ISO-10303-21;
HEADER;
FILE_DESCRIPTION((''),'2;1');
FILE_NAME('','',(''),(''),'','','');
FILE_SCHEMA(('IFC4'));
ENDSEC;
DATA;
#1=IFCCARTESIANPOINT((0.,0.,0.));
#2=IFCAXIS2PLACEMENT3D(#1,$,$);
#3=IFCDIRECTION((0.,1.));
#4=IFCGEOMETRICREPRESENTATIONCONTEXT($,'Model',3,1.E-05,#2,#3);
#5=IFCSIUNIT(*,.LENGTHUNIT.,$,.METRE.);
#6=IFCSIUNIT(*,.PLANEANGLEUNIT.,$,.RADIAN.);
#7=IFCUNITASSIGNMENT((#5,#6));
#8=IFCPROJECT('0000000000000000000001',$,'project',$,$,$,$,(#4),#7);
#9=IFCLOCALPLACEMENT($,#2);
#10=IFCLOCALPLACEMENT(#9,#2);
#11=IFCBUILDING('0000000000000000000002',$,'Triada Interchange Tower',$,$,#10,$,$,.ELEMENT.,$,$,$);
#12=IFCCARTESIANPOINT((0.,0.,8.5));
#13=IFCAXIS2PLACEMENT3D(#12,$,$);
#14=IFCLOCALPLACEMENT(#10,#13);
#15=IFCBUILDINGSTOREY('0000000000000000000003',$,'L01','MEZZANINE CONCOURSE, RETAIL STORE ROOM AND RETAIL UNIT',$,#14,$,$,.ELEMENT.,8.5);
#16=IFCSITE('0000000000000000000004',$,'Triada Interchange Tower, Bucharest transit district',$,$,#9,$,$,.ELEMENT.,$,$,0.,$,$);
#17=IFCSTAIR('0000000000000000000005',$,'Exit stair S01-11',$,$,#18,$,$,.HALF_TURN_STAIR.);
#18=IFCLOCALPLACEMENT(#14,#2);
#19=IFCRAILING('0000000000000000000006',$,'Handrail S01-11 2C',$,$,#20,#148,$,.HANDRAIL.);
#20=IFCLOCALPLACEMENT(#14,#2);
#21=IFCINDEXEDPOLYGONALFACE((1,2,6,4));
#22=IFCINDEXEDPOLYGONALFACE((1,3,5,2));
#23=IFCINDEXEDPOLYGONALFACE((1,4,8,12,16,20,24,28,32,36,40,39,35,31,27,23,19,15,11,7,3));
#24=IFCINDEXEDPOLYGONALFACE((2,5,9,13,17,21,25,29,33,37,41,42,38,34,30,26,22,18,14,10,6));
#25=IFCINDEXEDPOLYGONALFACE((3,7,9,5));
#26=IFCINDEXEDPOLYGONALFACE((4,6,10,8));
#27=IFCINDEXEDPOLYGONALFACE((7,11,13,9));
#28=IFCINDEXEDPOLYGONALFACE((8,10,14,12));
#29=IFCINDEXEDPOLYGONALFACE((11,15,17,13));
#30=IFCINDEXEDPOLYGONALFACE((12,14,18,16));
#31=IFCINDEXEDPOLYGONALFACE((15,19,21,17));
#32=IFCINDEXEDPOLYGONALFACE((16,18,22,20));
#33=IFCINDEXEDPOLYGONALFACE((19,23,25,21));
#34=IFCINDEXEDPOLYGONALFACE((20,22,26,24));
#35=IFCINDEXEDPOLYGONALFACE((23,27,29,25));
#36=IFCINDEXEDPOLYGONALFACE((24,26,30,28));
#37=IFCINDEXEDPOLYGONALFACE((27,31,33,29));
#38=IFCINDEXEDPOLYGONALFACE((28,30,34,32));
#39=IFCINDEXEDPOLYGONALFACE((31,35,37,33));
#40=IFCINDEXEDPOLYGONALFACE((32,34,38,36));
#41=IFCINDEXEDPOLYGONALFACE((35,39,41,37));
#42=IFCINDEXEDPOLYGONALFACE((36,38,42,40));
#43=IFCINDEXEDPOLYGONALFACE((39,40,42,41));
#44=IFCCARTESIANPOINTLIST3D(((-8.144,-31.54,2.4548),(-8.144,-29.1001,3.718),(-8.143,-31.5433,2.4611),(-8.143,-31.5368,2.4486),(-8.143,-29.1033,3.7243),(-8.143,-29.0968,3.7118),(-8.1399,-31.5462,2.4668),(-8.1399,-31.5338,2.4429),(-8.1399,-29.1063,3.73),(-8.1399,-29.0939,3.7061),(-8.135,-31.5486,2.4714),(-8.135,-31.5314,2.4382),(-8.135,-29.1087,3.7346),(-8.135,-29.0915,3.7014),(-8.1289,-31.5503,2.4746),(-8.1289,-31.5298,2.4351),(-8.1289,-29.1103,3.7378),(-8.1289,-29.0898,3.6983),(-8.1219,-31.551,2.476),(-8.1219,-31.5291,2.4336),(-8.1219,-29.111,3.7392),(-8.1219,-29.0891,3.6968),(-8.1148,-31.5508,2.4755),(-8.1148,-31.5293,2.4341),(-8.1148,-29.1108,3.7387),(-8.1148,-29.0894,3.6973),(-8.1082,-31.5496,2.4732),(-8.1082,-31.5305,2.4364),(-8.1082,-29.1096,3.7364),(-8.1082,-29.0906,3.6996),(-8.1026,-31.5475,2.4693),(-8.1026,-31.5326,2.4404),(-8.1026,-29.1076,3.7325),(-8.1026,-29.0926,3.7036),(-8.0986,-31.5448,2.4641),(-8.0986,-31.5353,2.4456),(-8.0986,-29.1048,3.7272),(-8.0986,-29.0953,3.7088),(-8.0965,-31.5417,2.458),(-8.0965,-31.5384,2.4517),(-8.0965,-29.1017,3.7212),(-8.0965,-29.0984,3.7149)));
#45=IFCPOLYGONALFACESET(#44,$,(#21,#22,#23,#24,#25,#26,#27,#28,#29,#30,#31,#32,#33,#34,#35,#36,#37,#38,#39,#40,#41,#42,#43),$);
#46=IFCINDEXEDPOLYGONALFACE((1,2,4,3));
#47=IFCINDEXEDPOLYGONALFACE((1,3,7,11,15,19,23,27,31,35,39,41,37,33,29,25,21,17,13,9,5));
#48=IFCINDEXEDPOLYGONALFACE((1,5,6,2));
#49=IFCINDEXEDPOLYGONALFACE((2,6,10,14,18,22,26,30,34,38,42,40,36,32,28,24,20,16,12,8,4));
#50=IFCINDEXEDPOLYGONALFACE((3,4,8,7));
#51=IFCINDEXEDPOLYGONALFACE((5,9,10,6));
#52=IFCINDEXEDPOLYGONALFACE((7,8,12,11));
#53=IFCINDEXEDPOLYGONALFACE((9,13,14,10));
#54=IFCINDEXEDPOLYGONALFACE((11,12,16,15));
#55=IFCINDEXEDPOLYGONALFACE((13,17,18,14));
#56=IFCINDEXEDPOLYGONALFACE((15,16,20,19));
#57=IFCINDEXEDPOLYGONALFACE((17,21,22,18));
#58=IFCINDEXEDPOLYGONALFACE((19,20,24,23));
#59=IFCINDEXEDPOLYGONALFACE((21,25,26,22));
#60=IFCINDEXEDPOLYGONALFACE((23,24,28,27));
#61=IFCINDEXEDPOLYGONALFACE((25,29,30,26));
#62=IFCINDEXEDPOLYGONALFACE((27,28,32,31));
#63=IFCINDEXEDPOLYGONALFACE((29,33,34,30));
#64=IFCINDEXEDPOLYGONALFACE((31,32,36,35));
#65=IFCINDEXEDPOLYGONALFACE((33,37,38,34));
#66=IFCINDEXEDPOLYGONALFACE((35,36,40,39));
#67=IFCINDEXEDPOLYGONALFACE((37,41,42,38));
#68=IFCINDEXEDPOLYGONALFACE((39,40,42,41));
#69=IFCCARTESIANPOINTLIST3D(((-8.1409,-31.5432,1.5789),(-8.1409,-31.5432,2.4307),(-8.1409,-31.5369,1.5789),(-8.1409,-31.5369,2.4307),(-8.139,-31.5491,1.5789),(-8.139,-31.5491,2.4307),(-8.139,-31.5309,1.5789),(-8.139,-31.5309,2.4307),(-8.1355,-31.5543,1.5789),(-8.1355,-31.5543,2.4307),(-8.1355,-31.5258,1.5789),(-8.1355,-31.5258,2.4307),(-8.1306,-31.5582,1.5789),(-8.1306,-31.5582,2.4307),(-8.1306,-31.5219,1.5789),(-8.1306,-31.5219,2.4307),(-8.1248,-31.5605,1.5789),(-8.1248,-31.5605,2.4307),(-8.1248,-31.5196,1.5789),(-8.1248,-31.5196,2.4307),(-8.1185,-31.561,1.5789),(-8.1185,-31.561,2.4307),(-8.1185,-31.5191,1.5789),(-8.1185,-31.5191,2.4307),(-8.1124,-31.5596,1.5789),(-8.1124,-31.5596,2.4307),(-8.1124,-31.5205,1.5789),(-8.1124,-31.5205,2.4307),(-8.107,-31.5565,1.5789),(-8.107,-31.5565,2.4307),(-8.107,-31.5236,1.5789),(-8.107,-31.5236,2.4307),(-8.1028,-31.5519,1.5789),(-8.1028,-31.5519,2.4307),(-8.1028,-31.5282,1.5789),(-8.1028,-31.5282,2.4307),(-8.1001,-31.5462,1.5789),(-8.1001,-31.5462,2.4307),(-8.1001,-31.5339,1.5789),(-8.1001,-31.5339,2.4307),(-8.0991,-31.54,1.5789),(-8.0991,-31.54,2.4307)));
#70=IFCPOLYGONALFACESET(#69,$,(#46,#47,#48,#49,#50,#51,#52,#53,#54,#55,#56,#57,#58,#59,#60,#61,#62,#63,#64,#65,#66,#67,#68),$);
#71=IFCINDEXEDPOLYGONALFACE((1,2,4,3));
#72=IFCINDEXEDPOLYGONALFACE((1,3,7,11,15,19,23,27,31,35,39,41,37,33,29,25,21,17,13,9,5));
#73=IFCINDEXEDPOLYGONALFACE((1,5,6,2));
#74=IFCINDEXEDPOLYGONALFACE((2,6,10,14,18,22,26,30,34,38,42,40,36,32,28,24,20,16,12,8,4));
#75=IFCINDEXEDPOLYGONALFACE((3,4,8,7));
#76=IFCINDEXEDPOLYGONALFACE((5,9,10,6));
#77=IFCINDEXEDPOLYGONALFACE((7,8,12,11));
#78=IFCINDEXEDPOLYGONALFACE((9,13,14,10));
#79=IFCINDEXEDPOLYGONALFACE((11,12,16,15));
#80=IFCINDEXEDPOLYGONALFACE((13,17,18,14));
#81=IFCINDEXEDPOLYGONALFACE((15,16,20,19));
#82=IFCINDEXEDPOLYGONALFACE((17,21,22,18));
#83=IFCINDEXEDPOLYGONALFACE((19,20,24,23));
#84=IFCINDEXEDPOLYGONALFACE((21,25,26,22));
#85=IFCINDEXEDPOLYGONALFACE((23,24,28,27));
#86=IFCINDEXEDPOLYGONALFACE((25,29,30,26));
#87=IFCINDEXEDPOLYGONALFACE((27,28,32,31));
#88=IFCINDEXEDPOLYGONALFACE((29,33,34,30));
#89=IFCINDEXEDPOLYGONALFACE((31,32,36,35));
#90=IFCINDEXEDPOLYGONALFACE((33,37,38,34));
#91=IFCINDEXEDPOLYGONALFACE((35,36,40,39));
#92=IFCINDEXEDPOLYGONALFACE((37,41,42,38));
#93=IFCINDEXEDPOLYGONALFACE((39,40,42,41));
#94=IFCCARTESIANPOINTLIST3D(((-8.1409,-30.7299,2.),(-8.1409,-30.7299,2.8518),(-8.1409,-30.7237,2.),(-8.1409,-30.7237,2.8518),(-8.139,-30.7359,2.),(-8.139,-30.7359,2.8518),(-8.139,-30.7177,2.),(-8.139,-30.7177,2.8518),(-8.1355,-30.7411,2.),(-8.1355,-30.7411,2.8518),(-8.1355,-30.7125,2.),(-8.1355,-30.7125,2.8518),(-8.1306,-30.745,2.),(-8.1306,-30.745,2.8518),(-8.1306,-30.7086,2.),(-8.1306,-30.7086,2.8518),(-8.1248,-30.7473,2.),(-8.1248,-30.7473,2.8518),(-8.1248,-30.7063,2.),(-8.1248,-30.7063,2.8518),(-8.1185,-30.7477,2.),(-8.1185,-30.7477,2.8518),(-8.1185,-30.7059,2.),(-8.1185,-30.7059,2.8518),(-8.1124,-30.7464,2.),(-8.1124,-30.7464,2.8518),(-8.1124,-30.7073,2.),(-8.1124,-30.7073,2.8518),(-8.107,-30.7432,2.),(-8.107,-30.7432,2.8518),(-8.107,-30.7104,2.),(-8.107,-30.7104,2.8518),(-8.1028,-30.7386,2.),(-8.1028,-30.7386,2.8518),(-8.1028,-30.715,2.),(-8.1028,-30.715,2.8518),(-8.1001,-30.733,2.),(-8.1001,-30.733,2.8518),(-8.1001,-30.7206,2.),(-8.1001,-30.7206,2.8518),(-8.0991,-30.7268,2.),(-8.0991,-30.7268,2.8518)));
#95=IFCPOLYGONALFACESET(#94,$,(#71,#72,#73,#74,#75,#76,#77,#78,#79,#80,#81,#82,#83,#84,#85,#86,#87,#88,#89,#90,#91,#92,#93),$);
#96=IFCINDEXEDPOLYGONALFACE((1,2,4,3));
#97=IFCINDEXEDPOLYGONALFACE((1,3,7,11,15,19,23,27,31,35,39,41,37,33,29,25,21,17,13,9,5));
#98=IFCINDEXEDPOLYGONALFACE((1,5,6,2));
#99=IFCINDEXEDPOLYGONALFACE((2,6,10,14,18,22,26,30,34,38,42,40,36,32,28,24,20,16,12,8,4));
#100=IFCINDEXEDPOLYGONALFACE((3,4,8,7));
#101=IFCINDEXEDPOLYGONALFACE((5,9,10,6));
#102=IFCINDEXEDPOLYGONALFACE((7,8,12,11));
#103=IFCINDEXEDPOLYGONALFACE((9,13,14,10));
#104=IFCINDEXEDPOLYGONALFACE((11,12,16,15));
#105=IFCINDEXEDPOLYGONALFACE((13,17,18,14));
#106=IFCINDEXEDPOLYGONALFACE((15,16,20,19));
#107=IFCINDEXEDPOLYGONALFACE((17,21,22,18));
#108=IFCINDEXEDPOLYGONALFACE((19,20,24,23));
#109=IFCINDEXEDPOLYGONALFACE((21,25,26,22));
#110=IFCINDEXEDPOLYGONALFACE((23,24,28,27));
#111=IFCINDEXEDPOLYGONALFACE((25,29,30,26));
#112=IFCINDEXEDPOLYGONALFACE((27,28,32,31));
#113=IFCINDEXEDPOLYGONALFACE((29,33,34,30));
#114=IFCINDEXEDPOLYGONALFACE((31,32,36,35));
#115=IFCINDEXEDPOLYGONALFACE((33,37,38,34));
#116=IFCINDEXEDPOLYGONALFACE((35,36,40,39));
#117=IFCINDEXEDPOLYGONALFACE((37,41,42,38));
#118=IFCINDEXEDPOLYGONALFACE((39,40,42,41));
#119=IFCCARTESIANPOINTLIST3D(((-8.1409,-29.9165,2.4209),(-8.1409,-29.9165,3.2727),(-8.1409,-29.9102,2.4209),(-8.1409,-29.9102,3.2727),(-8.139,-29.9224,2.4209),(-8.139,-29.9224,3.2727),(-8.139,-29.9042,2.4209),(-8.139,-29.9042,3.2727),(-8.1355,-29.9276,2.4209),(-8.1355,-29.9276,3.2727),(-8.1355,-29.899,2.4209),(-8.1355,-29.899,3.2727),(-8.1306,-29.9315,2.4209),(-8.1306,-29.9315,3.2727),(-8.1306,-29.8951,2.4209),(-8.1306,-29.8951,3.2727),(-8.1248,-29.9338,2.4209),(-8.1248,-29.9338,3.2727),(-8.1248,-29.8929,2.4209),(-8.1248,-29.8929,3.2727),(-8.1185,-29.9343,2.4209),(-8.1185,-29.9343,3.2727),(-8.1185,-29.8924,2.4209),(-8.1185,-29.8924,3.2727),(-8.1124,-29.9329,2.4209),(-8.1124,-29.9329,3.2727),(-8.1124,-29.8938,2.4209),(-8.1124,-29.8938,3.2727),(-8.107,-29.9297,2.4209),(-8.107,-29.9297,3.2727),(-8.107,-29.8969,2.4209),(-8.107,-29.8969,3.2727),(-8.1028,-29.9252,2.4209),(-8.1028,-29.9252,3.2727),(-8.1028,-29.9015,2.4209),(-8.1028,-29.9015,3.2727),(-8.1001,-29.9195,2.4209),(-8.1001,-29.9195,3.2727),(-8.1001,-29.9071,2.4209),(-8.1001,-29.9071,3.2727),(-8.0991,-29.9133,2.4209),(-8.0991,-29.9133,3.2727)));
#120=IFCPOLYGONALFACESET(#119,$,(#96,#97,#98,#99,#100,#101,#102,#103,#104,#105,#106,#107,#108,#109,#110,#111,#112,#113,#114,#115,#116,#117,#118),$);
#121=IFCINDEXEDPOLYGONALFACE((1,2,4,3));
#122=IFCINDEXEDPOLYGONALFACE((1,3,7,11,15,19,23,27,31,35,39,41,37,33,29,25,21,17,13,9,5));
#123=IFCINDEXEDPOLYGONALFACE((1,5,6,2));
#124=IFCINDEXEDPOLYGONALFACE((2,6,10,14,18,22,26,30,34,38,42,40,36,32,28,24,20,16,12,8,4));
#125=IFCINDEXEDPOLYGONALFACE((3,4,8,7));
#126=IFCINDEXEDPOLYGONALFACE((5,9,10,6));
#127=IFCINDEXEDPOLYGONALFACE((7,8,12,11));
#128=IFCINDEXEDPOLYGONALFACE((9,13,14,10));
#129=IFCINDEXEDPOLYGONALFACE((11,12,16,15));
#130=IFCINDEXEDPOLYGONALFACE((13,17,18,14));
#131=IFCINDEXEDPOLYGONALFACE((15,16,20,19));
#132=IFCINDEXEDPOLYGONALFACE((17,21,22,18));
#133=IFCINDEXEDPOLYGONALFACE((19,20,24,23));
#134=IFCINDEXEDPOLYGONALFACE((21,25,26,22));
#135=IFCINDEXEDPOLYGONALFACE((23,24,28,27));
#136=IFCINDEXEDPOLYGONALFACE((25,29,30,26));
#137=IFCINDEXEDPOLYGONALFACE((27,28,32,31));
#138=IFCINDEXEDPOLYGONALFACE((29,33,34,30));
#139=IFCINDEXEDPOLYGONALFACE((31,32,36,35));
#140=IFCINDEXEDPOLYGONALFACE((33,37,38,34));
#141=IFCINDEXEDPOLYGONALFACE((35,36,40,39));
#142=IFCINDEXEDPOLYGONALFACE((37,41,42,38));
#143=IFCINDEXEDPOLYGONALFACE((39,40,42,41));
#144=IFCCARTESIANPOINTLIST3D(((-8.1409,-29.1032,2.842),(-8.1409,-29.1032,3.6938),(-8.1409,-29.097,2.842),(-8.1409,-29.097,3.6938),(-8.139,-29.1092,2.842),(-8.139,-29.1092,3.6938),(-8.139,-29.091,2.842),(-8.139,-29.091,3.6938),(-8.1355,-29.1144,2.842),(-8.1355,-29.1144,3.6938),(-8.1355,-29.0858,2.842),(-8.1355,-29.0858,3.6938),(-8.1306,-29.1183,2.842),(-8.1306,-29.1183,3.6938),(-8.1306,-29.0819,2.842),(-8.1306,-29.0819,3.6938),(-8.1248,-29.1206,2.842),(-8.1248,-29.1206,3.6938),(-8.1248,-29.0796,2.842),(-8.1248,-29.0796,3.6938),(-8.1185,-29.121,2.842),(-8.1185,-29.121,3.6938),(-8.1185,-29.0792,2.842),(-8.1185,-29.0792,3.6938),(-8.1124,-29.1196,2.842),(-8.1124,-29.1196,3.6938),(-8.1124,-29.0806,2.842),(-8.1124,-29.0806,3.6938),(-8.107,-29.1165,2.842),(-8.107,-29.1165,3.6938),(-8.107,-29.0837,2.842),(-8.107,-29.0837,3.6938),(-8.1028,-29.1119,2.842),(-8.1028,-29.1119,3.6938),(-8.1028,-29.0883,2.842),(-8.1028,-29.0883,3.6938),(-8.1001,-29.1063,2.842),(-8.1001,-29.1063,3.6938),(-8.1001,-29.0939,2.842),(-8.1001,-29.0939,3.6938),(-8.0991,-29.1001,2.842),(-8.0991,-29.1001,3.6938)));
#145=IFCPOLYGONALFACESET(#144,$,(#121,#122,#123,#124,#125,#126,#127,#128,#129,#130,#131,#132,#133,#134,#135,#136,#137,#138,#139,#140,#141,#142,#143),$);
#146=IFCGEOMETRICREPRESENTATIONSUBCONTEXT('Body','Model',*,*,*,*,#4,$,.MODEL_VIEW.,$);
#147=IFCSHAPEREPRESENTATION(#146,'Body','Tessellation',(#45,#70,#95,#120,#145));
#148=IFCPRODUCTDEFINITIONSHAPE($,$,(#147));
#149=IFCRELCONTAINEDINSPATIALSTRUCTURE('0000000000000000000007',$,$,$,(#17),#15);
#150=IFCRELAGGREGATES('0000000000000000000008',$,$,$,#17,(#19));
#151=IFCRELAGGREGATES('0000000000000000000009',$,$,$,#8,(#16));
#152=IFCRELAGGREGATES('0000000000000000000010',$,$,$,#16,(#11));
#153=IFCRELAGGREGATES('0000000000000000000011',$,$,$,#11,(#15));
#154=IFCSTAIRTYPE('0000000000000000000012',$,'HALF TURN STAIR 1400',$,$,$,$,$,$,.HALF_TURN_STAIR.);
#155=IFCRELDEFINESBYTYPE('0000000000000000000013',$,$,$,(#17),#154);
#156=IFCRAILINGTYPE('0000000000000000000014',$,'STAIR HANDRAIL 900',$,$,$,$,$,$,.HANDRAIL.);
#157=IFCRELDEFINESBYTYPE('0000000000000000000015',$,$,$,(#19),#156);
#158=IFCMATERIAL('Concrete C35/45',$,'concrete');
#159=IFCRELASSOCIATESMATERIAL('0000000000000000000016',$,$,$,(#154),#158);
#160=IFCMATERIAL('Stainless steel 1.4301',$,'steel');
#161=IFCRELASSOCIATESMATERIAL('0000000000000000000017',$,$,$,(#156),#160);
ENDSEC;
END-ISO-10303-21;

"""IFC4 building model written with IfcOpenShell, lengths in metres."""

from ifc_helpers import new_model, si_unit, direction, frame, origin, origin_2d, place, context, subcontext, project, spatial, circle, extrude, material, type_object, element, aggregate, save


model = new_model("IFC4")

# Units and contexts
model_context = context("Model", 3, precision=1e-05, world=origin(), true_north=direction((0.0, 1.0)))
body_context = subcontext(model_context, "Body", "Model", "MODEL_VIEW")
ifc_project = project(units=[si_unit("LENGTHUNIT", "METRE"), si_unit("PLANEANGLEUNIT", "RADIAN")], contexts=[model_context])

# Site, building, storey
site_placement = place(None, origin())
site = spatial("IfcSite", under=ifc_project, at=site_placement, Name="Triada Interchange Tower, Bucharest transit district", CompositionType="ELEMENT", RefElevation=0.0)
building_placement = place(site_placement, origin())
building = spatial("IfcBuilding", under=site, at=building_placement, Name="Triada Interchange Tower", CompositionType="ELEMENT")
storey_placement = place(building_placement, frame((0.0, 0.0, 8.5)))
storey = spatial("IfcBuildingStorey", under=building, at=storey_placement, Name="L01", Description="MEZZANINE CONCOURSE, RETAIL STORE ROOM AND RETAIL UNIT", CompositionType="ELEMENT", Elevation=8.5)

# Shared definitions
ifc_material_1 = material(Name="Concrete C35/45", Category="concrete")

# Stair, railing
stair_type = type_object("IfcStairType", Name="HALF TURN STAIR 1400", PredefinedType="HALF_TURN_STAIR", material=ifc_material_1)
stair_placement = place(storey_placement, origin())
stair = element("IfcStair", 1, at=stair_placement, inside=storey, type_object=stair_type, Name="Exit stair S01-11", PredefinedType="HALF_TURN_STAIR")
ifc_material_2 = material(Name="Stainless steel 1.4301", Category="steel")
railing_type_1 = type_object("IfcRailingType", Name="STAIR HANDRAIL 900", PredefinedType="HANDRAIL", material=ifc_material_2)
railing_1_placement = place(storey_placement, frame((-8.1201, -31.54, 1.5789)))
railing_1 = element("IfcRailing", 2, at=railing_1_placement, type_object=railing_type_1, Name="Handrail S01-11 2C", PredefinedType="HANDRAIL", context=body_context, shape_type="SweptSolid", body=[
    extrude(circle(Radius=0.0239, at=origin_2d()), frame((0.0, 0.0, 0.876), z_axis=(0.0, 0.888048, 0.459752), x_axis=(-1.0, 0.0, 0.0)), (0.0, 0.0, 1.0), 2.7476),
    extrude(circle(Radius=0.021, at=origin_2d()), origin(), (0.0, 0.0, 1.0), 0.8518),
    extrude(circle(Radius=0.021, at=origin_2d()), frame((0.0, 0.8132, 0.4211)), (0.0, 0.0, 1.0), 0.8518),
    extrude(circle(Radius=0.021, at=origin_2d()), frame((0.0, 1.6267, 0.842)), (0.0, 0.0, 1.0), 0.8518),
    extrude(circle(Radius=0.021, at=origin_2d()), frame((0.0, 2.4399, 1.2632)), (0.0, 0.0, 1.0), 0.8518),
])
aggregate(stair, [railing_1])

save(model, "model.ifc")
